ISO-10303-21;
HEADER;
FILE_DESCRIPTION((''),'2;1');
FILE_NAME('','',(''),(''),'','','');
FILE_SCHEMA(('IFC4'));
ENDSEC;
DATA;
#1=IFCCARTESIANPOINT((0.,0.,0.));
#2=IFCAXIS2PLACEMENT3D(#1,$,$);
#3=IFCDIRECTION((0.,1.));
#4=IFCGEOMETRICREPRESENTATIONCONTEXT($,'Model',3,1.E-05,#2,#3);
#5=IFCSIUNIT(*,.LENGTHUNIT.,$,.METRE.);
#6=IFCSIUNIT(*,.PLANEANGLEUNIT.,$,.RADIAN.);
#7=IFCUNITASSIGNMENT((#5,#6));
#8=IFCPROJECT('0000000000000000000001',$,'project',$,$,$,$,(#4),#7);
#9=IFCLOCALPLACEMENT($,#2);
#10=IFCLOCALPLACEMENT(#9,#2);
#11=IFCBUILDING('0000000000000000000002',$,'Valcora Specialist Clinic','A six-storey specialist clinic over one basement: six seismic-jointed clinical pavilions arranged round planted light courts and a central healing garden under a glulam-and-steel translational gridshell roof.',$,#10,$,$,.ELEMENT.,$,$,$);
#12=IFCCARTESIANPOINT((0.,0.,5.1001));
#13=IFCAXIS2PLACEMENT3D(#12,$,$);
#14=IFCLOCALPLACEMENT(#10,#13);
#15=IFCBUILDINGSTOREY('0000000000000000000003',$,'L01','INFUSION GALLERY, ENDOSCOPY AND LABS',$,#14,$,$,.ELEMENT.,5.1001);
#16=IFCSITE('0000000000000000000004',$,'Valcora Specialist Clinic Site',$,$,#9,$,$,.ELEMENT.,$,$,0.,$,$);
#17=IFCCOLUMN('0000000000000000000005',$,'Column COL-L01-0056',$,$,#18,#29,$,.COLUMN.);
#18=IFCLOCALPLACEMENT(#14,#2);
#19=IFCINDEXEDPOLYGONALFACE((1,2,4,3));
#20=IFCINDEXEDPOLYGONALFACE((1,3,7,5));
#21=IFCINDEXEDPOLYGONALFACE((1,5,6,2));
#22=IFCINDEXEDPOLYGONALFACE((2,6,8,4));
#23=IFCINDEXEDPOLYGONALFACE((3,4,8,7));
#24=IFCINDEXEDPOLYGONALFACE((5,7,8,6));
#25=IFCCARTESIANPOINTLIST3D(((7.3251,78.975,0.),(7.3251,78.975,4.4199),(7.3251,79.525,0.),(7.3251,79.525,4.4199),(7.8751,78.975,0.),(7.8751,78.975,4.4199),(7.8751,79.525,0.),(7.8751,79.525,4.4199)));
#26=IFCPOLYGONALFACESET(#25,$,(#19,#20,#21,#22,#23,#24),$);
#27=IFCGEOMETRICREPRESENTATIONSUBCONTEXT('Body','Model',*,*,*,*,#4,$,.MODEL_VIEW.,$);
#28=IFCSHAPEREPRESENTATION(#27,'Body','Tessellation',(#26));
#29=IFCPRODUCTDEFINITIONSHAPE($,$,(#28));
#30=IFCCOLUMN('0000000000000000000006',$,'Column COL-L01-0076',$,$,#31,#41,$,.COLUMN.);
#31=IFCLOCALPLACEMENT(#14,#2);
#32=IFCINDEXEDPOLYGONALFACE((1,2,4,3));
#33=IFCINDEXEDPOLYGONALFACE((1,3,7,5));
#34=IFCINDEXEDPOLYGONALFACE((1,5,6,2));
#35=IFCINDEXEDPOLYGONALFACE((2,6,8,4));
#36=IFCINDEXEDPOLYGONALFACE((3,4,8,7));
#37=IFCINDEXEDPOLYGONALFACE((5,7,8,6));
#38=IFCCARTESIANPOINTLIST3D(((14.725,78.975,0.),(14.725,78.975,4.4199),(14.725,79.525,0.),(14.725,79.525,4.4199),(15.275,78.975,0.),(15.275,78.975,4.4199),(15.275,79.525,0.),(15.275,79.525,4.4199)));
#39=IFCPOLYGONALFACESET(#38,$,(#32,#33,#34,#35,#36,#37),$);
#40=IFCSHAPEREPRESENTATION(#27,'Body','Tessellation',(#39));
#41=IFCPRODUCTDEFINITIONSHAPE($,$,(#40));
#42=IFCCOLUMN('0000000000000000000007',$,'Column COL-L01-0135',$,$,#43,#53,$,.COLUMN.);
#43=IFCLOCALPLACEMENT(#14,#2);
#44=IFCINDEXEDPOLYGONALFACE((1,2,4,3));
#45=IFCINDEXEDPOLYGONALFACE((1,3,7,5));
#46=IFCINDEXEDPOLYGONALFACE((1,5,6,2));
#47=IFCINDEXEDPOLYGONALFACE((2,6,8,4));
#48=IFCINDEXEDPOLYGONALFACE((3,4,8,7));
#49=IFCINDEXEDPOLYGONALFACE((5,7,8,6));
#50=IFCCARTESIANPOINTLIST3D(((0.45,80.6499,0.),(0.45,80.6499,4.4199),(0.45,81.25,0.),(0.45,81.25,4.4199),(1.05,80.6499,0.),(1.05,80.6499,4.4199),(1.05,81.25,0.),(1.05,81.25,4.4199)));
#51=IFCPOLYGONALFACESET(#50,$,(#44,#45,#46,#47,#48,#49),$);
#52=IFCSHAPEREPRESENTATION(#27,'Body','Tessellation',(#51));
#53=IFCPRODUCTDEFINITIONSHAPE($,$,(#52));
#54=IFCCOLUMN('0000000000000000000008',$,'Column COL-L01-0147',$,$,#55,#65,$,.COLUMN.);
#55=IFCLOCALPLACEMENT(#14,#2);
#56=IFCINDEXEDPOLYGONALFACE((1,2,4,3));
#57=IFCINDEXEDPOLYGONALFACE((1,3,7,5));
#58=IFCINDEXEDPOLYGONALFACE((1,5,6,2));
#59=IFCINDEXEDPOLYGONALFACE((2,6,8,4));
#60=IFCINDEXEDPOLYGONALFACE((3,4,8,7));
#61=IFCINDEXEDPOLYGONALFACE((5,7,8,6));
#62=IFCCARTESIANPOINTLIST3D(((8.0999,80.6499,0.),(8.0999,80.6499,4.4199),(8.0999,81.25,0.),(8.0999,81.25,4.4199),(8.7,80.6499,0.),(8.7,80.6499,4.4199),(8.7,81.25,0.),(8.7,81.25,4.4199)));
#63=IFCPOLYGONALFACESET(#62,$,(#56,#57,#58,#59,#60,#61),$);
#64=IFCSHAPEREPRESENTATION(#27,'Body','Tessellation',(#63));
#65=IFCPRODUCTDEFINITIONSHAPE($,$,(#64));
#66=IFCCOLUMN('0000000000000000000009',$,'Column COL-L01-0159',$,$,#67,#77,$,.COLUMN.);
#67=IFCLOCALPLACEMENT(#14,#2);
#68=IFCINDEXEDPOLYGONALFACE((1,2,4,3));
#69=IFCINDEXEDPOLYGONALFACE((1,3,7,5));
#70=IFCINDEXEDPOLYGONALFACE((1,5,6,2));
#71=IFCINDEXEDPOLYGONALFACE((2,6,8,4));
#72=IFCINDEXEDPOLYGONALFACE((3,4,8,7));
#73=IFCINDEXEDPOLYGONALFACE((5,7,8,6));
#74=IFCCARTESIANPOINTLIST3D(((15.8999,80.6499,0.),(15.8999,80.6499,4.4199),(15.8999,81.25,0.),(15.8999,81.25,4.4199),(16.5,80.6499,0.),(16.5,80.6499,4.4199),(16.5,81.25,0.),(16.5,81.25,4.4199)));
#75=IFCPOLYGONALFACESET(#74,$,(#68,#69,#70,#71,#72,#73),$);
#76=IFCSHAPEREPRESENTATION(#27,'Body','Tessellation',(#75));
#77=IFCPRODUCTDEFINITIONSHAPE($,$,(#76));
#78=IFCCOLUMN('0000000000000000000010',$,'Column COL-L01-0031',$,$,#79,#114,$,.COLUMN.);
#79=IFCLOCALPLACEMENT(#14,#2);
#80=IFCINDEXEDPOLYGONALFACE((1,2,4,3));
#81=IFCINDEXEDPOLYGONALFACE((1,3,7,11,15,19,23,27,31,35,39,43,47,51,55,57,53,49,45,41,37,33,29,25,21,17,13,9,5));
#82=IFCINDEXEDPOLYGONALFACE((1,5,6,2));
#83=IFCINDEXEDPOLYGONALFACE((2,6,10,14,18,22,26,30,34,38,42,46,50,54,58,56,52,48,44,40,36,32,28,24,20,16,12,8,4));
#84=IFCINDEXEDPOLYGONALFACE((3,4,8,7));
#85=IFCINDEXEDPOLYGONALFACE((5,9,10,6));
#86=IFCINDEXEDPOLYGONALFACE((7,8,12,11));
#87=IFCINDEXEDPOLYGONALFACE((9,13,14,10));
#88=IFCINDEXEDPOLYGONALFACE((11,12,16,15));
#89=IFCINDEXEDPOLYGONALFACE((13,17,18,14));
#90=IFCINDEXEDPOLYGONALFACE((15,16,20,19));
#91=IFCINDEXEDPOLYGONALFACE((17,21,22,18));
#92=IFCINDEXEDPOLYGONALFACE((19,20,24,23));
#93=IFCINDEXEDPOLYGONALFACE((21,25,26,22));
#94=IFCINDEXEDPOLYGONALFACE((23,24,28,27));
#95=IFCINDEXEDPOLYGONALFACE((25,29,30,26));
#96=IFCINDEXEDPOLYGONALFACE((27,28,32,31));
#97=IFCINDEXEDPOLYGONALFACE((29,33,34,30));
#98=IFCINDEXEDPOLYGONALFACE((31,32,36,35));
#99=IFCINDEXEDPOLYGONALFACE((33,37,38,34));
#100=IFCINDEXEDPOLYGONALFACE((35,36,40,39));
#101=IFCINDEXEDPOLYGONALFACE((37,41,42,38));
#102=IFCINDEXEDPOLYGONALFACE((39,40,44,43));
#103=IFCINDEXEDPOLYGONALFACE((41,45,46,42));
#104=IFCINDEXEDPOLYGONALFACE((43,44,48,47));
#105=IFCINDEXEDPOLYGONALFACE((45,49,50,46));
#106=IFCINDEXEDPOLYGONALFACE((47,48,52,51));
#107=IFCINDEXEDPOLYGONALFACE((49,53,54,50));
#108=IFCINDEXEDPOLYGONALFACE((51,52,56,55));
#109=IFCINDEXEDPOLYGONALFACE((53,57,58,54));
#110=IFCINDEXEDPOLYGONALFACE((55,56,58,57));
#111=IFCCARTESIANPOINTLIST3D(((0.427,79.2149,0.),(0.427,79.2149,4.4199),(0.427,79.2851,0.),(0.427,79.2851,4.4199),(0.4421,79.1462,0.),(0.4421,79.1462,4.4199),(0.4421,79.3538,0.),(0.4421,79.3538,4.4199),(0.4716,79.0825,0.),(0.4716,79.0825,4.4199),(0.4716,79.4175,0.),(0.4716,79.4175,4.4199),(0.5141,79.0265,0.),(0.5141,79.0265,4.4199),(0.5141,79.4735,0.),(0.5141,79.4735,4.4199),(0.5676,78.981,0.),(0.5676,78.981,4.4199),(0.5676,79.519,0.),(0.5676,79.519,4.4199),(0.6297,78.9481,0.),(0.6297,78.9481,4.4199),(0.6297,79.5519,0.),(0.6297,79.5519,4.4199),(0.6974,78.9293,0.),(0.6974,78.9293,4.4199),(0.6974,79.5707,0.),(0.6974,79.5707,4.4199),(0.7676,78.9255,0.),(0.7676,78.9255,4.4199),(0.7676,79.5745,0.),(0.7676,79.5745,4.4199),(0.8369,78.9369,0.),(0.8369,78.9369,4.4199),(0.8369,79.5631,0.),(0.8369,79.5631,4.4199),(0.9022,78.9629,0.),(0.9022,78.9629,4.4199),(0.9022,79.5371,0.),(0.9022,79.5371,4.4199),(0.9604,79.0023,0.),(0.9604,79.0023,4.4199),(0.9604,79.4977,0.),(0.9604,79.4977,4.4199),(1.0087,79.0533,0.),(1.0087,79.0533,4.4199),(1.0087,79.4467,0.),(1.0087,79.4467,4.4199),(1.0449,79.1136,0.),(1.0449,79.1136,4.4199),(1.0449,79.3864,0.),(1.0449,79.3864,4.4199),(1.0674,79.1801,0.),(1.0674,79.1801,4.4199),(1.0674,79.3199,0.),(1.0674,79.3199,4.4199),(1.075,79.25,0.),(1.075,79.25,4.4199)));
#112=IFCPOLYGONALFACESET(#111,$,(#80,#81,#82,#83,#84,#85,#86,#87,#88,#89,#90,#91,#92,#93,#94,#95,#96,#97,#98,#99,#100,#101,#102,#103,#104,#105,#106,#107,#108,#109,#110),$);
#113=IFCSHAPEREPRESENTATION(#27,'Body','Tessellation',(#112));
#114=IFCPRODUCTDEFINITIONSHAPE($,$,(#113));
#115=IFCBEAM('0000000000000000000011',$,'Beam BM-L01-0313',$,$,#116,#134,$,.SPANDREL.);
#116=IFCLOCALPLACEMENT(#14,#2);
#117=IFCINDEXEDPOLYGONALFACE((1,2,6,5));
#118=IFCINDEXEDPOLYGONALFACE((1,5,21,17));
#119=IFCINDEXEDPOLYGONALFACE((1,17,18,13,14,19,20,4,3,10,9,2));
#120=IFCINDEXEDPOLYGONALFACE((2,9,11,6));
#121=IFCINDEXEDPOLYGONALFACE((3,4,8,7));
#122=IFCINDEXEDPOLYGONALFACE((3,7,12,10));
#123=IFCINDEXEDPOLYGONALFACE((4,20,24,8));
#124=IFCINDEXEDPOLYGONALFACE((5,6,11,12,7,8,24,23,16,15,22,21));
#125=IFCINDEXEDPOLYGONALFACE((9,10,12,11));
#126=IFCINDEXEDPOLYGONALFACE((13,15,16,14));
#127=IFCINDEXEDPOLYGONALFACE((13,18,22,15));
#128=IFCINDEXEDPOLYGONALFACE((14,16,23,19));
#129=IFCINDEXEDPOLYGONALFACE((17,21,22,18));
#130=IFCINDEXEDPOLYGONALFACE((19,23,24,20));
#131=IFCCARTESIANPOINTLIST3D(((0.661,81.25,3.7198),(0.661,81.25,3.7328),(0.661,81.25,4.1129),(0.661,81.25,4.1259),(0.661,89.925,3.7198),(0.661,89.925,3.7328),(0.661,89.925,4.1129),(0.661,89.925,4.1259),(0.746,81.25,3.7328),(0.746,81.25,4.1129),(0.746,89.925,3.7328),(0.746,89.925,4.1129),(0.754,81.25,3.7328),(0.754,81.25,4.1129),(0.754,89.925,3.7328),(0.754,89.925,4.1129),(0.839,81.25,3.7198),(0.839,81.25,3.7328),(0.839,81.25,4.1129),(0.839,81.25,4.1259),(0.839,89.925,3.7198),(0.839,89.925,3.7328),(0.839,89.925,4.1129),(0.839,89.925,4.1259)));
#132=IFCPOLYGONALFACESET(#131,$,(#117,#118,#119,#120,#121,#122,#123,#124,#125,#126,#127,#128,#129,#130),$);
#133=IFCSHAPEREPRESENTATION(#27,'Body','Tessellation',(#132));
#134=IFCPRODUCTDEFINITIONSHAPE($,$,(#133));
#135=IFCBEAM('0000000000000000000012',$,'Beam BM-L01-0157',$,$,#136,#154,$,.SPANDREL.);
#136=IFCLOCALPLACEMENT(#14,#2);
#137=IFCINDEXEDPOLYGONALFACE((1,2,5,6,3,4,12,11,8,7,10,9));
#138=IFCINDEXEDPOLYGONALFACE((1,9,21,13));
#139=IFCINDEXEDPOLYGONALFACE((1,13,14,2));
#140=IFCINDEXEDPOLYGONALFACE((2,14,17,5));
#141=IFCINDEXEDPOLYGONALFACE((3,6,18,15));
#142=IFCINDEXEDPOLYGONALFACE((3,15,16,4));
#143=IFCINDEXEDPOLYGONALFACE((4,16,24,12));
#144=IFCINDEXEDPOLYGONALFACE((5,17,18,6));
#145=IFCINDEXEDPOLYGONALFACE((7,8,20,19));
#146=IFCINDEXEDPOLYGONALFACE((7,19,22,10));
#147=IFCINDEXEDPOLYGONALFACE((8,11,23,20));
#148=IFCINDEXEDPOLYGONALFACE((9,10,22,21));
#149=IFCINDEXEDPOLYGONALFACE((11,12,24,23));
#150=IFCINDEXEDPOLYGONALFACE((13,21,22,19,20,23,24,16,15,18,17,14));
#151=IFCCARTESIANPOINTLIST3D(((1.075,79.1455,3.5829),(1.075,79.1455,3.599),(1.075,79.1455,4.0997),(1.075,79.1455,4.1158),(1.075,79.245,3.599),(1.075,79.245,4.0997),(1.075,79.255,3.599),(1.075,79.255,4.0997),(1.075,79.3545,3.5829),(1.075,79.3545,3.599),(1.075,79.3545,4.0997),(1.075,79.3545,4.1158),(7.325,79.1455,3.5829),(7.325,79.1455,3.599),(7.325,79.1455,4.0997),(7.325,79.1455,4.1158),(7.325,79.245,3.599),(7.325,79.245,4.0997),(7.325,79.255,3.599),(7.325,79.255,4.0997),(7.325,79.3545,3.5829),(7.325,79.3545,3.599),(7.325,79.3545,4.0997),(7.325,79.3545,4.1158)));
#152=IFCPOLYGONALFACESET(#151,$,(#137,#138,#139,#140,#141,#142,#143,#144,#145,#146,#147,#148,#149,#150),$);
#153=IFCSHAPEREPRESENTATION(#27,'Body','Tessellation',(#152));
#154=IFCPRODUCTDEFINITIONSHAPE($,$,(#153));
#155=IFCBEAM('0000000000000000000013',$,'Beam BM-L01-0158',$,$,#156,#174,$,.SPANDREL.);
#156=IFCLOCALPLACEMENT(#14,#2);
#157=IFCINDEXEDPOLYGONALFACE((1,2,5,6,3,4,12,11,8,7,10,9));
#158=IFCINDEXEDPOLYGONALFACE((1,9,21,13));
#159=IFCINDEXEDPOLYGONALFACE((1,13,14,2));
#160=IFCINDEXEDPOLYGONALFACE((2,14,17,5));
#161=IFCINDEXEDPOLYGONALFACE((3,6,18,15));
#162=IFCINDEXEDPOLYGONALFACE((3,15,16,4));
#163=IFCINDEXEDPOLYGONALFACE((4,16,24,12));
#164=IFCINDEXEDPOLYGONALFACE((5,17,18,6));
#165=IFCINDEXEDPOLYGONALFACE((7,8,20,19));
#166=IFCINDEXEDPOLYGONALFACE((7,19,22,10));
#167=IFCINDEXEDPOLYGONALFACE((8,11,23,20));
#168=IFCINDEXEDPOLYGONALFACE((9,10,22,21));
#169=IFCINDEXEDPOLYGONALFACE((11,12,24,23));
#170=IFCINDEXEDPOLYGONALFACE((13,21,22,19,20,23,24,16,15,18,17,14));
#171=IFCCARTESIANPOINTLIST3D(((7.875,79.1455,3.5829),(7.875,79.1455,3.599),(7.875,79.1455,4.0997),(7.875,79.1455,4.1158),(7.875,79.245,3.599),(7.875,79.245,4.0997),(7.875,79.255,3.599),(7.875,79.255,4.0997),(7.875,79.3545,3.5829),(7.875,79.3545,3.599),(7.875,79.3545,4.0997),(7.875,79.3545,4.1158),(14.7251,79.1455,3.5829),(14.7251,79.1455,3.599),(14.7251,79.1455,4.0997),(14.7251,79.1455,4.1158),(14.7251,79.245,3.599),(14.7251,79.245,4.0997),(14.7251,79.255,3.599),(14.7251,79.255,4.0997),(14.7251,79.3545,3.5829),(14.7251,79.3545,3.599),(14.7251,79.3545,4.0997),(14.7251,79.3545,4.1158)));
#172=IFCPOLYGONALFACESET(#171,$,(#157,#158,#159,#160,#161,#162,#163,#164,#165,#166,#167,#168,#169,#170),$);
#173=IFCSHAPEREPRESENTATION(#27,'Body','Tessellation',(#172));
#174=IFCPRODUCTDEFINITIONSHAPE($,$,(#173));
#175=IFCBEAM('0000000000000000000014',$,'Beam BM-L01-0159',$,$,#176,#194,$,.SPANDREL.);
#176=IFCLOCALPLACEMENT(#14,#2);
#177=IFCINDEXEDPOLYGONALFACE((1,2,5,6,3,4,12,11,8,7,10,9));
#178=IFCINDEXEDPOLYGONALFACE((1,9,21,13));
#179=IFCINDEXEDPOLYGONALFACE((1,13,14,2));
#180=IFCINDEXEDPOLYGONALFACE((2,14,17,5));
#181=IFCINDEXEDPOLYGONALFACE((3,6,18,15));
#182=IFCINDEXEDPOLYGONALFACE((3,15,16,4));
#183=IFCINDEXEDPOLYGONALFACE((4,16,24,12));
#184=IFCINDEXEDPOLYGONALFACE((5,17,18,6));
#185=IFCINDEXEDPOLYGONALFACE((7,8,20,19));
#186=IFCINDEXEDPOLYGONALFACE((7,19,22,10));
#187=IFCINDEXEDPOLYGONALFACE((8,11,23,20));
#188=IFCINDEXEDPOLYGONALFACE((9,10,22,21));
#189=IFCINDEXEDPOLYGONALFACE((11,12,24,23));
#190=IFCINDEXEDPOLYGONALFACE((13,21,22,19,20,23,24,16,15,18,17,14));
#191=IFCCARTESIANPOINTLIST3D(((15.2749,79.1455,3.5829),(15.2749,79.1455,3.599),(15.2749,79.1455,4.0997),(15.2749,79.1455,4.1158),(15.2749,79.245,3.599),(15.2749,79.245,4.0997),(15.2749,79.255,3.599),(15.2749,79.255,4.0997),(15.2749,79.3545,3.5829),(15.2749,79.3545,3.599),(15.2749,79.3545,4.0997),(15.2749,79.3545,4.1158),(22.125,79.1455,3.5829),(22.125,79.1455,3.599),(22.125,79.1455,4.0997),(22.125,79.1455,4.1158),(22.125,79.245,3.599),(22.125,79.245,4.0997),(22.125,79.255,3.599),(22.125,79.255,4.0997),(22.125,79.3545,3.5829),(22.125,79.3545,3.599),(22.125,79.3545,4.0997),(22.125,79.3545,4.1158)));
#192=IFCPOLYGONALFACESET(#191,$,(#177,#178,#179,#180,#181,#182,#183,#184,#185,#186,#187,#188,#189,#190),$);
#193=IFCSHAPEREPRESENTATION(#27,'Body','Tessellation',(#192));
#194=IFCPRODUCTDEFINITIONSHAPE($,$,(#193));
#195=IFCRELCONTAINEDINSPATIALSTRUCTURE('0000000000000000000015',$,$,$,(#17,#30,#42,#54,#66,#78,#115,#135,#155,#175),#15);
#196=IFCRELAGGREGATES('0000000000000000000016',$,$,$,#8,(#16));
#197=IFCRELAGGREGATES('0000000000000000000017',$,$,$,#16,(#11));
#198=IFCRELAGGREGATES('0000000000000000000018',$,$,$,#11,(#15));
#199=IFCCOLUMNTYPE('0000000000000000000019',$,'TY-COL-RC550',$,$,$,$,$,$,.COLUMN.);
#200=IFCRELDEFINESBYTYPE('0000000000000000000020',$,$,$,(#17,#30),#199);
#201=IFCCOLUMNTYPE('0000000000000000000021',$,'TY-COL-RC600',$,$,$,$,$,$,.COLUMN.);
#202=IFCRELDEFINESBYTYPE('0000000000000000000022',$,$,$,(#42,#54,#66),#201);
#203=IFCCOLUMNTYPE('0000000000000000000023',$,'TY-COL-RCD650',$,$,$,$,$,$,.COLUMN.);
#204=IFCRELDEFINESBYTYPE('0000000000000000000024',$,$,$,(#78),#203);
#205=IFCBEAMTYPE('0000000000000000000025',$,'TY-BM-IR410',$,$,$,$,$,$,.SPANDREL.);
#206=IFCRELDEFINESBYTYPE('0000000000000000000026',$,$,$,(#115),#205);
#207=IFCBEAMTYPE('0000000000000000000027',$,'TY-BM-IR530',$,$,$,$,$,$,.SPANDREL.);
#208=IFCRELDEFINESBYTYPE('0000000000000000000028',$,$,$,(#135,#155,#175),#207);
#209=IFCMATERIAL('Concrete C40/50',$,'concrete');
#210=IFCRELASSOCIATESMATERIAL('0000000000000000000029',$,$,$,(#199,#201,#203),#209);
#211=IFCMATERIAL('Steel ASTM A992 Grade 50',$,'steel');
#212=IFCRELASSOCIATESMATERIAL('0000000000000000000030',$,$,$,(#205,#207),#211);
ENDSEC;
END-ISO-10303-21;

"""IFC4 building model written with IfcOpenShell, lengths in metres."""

from ifc_helpers import new_model, si_unit, direction, frame, origin, origin_2d, place, context, subcontext, project, spatial, rectangle, circle, i_section, extrude, material, material_profile, profile_set, type_object, element, save


model = new_model("IFC4")

# Units and contexts
model_context = context("Model", 3, precision=1e-05, world=origin(), true_north=direction((0.0, 1.0)))
body_context = subcontext(model_context, "Body", "Model", "MODEL_VIEW")
ifc_project = project(units=[si_unit("LENGTHUNIT", "METRE"), si_unit("PLANEANGLEUNIT", "RADIAN")], contexts=[model_context])

# Site, building, storey
site_placement = place(None, origin())
site = spatial("IfcSite", under=ifc_project, at=site_placement, Name="Valcora Specialist Clinic Site", CompositionType="ELEMENT", RefElevation=0.0)
building_placement = place(site_placement, origin())
building = spatial("IfcBuilding", under=site, at=building_placement, Name="Valcora Specialist Clinic", Description="A six-storey specialist clinic over one basement: six seismic-jointed clinical pavilions arranged round planted light courts and a central healing garden under a glulam-and-steel translational gridshell roof.", CompositionType="ELEMENT")
storey_placement = place(building_placement, frame((0.0, 0.0, 5.1001)))
storey = spatial("IfcBuildingStorey", under=building, at=storey_placement, Name="L01", Description="INFUSION GALLERY, ENDOSCOPY AND LABS", CompositionType="ELEMENT", Elevation=5.1001)

# Columns
ifc_material_1 = material(Name="Concrete C40/50", Category="concrete")
ifc_material_profile_1 = material_profile(ifc_material_1, rectangle(XDim=0.55, YDim=0.55, at=origin_2d()), Name="RC-COL-550X550")
ifc_profile_set_1 = profile_set([ifc_material_profile_1], Name="Concrete C40/50")
column_type_1 = type_object("IfcColumnType", Name="TY-COL-RC550", PredefinedType="COLUMN", material=ifc_profile_set_1)
for number, where, z_axis, x_axis, name in (
    (1, (7.6001, 79.25, 0.0), (0.0, 0.0, 1.0), (1.0, 0.0, 0.0), "Column COL-L01-0056"),
    (2, (15.0, 79.25, 0.0), (0.0, 0.0, 1.0), (1.0, 0.0, 0.0), "Column COL-L01-0076"),
):
    element("IfcColumn", number, at=place(storey_placement, frame(where, z_axis=z_axis, x_axis=x_axis)), inside=storey, type_object=column_type_1, Name=name, PredefinedType="COLUMN", context=body_context, shape_type="SweptSolid", body=[
        extrude(rectangle(XDim=0.55, YDim=0.55, at=origin_2d()), origin(), (0.0, 0.0, 1.0), 4.4199),
    ])
ifc_material_profile_2 = material_profile(ifc_material_1, rectangle(XDim=0.6001, YDim=0.6001, at=origin_2d()), Name="RC-COL-600X600")
ifc_profile_set_2 = profile_set([ifc_material_profile_2], Name="Concrete C40/50")
column_type_2 = type_object("IfcColumnType", Name="TY-COL-RC600", PredefinedType="COLUMN", material=ifc_profile_set_2)
for number, where, z_axis, x_axis, name in (
    (3, (0.75, 80.95, 0.0), (0.0, 0.0, 1.0), (1.0, 0.0, 0.0), "Column COL-L01-0135"),
    (4, (8.3999, 80.95, 0.0), (0.0, 0.0, 1.0), (1.0, 0.0, 0.0), "Column COL-L01-0147"),
    (5, (16.2, 80.95, 0.0), (0.0, 0.0, 1.0), (1.0, 0.0, 0.0), "Column COL-L01-0159"),
):
    element("IfcColumn", number, at=place(storey_placement, frame(where, z_axis=z_axis, x_axis=x_axis)), inside=storey, type_object=column_type_2, Name=name, PredefinedType="COLUMN", context=body_context, shape_type="SweptSolid", body=[
        extrude(rectangle(XDim=0.6001, YDim=0.6001, at=origin_2d()), origin(), (0.0, 0.0, 1.0), 4.4199),
    ])
ifc_material_profile_3 = material_profile(ifc_material_1, circle(Radius=0.325, at=origin_2d()), Name="RC-COL-D650")
ifc_profile_set_3 = profile_set([ifc_material_profile_3], Name="Concrete C40/50")
column_type_3 = type_object("IfcColumnType", Name="TY-COL-RCD650", PredefinedType="COLUMN", material=ifc_profile_set_3)
column_placement = place(storey_placement, frame((0.75, 79.25, 0.0), z_axis=(0.0, 0.0, 1.0), x_axis=(1.0, 0.0, 0.0)))
element("IfcColumn", 6, at=column_placement, inside=storey, type_object=column_type_3, Name="Column COL-L01-0031", PredefinedType="COLUMN", context=body_context, shape_type="SweptSolid", body=[
    extrude(circle(Radius=0.325, at=origin_2d()), origin(), (0.0, 0.0, 1.0), 4.4199),
])

# Beams
ifc_material_2 = material(Name="Steel ASTM A992 Grade 50", Category="steel")
ifc_material_profile_4 = material_profile(ifc_material_2, i_section(OverallWidth=0.178, OverallDepth=0.406, WebThickness=0.0081, FlangeThickness=0.0129, at=origin_2d()), Name="ST-IR-410X180")
ifc_profile_set_4 = profile_set([ifc_material_profile_4], Name="Steel ASTM A992 Grade 50")
beam_type_1 = type_object("IfcBeamType", Name="TY-BM-IR410", PredefinedType="SPANDREL", material=ifc_profile_set_4)
beam_1_placement = place(storey_placement, frame((0.75, 81.25, 3.9229), z_axis=(0.0, 1.0, 0.0), x_axis=(-1.0, 0.0, 0.0)))
element("IfcBeam", 7, at=beam_1_placement, inside=storey, type_object=beam_type_1, Name="Beam BM-L01-0313", PredefinedType="SPANDREL", context=body_context, shape_type="SweptSolid", body=[
    extrude(i_section(OverallWidth=0.178, OverallDepth=0.406, WebThickness=0.0081, FlangeThickness=0.0129, at=origin_2d()), origin(), (0.0, 0.0, 1.0), 8.675),
])
ifc_material_profile_5 = material_profile(ifc_material_2, i_section(OverallWidth=0.209, OverallDepth=0.533, WebThickness=0.01, FlangeThickness=0.0161, at=origin_2d()), Name="ST-IR-530X210")
ifc_profile_set_5 = profile_set([ifc_material_profile_5], Name="Steel ASTM A992 Grade 50")
beam_type_2 = type_object("IfcBeamType", Name="TY-BM-IR530", PredefinedType="SPANDREL", material=ifc_profile_set_5)
beam_2_placement = place(storey_placement, frame((1.075, 79.25, 3.8494), z_axis=(1.0, 0.0, 0.0), x_axis=(0.0, 1.0, 0.0)))
element("IfcBeam", 8, at=beam_2_placement, inside=storey, type_object=beam_type_2, Name="Beam BM-L01-0157", PredefinedType="SPANDREL", context=body_context, shape_type="SweptSolid", body=[
    extrude(i_section(OverallWidth=0.209, OverallDepth=0.533, WebThickness=0.01, FlangeThickness=0.0161, at=origin_2d()), origin(), (0.0, 0.0, 1.0), 6.25),
])
for number, where, z_axis, x_axis, name in (
    (9, (7.875, 79.25, 3.8494), (1.0, 0.0, 0.0), (0.0, 1.0, 0.0), "Beam BM-L01-0158"),
    (10, (15.2749, 79.25, 3.8494), (1.0, 0.0, 0.0), (0.0, 1.0, 0.0), "Beam BM-L01-0159"),
):
    element("IfcBeam", number, at=place(storey_placement, frame(where, z_axis=z_axis, x_axis=x_axis)), inside=storey, type_object=beam_type_2, Name=name, PredefinedType="SPANDREL", context=body_context, shape_type="SweptSolid", body=[
        extrude(i_section(OverallWidth=0.209, OverallDepth=0.533, WebThickness=0.01, FlangeThickness=0.0161, at=origin_2d()), origin(), (0.0, 0.0, 1.0), 6.8501),
    ])

save(model, "model.ifc")
